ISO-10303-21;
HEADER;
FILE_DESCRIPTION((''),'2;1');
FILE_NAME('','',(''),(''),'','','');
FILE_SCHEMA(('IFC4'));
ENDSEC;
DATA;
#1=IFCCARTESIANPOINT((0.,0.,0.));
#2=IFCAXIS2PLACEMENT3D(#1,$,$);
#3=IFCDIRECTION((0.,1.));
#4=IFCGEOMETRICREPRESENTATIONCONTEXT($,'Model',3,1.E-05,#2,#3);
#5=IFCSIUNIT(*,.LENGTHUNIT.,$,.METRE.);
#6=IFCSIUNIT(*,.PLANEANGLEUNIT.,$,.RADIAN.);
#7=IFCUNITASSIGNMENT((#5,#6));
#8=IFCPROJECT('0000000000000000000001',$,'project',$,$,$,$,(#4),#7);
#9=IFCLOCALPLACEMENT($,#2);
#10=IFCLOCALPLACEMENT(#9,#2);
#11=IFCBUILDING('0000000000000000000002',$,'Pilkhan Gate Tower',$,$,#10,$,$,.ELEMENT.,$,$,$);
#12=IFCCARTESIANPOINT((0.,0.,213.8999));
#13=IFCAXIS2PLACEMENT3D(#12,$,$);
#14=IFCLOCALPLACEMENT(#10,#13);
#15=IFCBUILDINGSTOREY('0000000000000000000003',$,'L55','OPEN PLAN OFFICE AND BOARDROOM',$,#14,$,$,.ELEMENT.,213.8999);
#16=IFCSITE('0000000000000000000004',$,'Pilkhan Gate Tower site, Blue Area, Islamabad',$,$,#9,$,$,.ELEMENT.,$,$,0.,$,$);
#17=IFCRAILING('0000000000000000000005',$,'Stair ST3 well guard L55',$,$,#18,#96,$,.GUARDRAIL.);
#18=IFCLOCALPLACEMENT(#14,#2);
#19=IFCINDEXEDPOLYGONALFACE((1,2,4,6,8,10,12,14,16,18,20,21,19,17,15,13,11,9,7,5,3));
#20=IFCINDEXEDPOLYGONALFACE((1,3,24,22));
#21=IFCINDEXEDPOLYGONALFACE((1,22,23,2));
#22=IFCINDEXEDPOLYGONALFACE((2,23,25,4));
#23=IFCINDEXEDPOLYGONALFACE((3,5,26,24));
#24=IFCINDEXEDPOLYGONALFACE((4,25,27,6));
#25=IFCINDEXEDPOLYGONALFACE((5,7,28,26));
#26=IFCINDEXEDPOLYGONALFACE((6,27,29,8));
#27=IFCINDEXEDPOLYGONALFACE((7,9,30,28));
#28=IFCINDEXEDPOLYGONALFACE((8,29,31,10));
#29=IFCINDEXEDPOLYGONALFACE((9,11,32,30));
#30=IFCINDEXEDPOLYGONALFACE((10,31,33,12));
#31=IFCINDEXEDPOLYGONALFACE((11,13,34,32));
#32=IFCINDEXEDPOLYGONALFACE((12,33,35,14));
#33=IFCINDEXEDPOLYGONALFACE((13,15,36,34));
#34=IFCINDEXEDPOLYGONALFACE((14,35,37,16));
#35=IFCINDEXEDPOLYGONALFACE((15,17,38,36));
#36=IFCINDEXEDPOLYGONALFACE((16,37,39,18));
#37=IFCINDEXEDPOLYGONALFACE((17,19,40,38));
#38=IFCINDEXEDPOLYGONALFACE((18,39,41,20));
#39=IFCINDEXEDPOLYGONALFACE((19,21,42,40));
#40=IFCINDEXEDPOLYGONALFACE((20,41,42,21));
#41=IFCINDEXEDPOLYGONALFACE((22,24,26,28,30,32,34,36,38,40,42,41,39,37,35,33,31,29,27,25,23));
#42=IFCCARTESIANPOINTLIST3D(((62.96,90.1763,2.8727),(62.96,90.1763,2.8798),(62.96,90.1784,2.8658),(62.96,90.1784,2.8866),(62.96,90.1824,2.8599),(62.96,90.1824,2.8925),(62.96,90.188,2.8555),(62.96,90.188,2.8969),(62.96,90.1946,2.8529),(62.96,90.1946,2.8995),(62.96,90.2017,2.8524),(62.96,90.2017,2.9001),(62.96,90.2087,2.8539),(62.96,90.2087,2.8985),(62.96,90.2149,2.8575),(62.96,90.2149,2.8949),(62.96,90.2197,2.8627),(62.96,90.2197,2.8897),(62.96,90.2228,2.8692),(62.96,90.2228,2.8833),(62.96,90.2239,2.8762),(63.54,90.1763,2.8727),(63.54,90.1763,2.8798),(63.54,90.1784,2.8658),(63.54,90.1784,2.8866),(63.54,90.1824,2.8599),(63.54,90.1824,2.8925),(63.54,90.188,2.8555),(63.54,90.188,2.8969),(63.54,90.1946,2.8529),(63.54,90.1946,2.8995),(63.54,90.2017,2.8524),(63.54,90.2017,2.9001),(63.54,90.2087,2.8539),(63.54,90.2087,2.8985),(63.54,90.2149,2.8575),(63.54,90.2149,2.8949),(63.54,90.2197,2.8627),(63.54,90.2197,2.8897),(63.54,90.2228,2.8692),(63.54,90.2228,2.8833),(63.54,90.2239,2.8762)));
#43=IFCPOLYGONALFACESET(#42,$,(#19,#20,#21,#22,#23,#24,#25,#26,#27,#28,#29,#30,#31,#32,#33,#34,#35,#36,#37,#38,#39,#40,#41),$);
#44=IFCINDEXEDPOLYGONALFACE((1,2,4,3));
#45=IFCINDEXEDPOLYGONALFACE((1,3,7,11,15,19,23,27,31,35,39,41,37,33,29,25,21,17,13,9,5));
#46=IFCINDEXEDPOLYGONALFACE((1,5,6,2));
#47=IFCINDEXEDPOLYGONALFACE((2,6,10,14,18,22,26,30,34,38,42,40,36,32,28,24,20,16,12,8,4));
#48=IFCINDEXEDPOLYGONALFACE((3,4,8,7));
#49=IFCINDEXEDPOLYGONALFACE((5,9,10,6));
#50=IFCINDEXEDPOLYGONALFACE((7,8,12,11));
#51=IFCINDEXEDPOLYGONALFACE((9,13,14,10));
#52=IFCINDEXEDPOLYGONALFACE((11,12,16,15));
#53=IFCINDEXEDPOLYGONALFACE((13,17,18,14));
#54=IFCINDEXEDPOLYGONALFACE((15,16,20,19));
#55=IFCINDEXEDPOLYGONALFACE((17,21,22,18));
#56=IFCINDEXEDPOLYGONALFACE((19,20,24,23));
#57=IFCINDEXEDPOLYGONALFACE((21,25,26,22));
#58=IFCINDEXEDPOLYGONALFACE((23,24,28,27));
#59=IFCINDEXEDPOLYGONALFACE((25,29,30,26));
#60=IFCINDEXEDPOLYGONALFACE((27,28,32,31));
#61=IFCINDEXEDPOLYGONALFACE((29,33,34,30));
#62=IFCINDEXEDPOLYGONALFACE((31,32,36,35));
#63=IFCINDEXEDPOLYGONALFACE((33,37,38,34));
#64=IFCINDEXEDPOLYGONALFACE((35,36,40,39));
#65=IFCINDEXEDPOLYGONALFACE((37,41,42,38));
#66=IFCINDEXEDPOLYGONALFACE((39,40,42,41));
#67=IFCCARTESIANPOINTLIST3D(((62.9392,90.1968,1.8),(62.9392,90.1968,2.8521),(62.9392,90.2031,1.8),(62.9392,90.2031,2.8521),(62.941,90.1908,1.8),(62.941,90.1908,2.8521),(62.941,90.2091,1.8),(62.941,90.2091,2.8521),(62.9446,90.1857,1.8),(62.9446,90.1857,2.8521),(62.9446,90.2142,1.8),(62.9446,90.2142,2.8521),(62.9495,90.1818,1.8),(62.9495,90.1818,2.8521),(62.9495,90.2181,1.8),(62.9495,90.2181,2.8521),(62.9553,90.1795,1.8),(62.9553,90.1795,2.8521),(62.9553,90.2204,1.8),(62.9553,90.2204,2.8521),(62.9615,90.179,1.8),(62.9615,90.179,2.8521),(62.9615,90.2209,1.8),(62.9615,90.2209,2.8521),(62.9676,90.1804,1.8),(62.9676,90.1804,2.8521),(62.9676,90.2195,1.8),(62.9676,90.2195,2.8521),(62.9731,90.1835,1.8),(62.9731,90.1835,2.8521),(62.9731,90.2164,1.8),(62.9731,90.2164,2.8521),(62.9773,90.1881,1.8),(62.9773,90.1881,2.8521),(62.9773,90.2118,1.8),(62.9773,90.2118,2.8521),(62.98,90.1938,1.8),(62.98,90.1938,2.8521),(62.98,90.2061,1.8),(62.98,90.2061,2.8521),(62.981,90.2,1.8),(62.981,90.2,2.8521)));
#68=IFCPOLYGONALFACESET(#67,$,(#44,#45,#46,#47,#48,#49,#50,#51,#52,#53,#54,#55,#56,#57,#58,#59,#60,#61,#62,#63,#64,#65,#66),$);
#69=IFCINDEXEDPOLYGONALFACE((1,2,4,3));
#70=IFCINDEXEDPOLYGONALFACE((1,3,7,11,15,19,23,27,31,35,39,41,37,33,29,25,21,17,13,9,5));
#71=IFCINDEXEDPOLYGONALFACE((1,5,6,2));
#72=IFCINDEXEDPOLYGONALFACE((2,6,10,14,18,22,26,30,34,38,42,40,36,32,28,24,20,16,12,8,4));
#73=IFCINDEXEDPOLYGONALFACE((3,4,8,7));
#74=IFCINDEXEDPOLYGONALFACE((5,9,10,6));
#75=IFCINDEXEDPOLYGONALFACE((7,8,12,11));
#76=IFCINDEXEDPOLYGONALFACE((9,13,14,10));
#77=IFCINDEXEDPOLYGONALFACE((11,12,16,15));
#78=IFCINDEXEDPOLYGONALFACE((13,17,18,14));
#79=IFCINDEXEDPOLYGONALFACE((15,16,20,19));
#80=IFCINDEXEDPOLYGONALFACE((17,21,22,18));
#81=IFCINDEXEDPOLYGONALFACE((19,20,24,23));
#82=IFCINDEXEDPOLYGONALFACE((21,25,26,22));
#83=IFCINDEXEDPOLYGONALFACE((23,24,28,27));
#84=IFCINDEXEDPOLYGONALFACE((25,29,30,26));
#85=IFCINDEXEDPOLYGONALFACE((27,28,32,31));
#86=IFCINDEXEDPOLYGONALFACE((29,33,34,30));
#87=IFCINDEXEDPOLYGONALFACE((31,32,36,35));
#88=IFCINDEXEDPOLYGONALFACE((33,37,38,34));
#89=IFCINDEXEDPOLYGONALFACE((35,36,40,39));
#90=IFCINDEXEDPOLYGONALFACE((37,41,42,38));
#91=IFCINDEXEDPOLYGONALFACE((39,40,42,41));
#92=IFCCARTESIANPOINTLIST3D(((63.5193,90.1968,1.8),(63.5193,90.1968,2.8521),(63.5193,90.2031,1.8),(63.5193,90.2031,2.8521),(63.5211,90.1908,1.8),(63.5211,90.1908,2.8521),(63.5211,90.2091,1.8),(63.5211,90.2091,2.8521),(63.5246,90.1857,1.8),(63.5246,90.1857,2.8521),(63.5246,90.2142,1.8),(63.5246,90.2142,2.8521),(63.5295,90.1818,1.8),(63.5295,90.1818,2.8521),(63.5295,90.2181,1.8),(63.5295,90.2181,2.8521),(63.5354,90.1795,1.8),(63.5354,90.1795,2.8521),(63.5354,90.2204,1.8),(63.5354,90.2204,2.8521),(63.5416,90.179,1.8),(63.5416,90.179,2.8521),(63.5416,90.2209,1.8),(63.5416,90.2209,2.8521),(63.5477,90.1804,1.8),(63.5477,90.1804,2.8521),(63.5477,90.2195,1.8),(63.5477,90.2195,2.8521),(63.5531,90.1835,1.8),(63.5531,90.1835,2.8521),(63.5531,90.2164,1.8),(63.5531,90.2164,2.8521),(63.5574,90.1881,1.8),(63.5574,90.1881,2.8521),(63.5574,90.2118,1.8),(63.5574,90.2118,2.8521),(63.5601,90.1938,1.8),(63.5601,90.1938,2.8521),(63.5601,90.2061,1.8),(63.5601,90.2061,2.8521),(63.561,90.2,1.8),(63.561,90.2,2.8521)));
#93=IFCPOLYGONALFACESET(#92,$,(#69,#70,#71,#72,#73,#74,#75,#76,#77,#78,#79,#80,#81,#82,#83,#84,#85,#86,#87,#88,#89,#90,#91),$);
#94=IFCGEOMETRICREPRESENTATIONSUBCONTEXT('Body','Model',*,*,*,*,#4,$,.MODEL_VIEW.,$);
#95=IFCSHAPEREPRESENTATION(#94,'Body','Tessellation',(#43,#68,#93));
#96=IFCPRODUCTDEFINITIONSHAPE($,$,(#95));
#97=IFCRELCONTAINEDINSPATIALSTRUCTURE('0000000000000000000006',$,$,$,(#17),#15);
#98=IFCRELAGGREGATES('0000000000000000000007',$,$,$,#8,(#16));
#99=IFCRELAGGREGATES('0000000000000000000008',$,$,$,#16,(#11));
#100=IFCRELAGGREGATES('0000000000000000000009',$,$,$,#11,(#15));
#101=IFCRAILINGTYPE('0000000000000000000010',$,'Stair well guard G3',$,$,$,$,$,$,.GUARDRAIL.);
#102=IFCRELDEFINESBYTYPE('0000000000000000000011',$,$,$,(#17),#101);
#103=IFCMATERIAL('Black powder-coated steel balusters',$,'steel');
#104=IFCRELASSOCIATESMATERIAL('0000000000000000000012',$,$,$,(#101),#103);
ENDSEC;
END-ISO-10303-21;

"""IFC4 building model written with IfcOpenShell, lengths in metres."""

from ifc_helpers import new_model, si_unit, direction, frame, origin, origin_2d, place, context, subcontext, project, spatial, circle, extrude, material, type_object, element, save


model = new_model("IFC4")

# Units and contexts
model_context = context("Model", 3, precision=1e-05, world=origin(), true_north=direction((0.0, 1.0)))
body_context = subcontext(model_context, "Body", "Model", "MODEL_VIEW")
ifc_project = project(units=[si_unit("LENGTHUNIT", "METRE"), si_unit("PLANEANGLEUNIT", "RADIAN")], contexts=[model_context])

# Site, building, storey
site_placement = place(None, origin())
site = spatial("IfcSite", under=ifc_project, at=site_placement, Name="Pilkhan Gate Tower site, Blue Area, Islamabad", CompositionType="ELEMENT", RefElevation=0.0)
building_placement = place(site_placement, origin())
building = spatial("IfcBuilding", under=site, at=building_placement, Name="Pilkhan Gate Tower", CompositionType="ELEMENT")
storey_placement = place(building_placement, frame((0.0, 0.0, 213.8999)))
storey = spatial("IfcBuildingStorey", under=building, at=storey_placement, Name="L55", Description="OPEN PLAN OFFICE AND BOARDROOM", CompositionType="ELEMENT", Elevation=213.8999)

# Railing
ifc_material_1 = material(Name="Black powder-coated steel balusters", Category="steel")
railing_type_1 = type_object("IfcRailingType", Name="Stair well guard G3", PredefinedType="GUARDRAIL", material=ifc_material_1)
for number, where, name in (
    (1, (62.96, 90.2, 1.8), "Stair ST3 well guard L55"),
):
    element("IfcRailing", number, at=place(storey_placement, frame(where)), inside=storey, type_object=railing_type_1, Name=name, PredefinedType="GUARDRAIL", context=body_context, shape_type="SweptSolid", body=[
        extrude(circle(Radius=0.0239, at=origin_2d()), frame((0.0, 0.0, 1.0762), z_axis=(1.0, 0.0, 0.0), x_axis=(0.0, 1.0, 0.0)), (0.0, 0.0, 1.0), 0.5801),
        extrude(circle(Radius=0.021, at=origin_2d()), origin(), (0.0, 0.0, 1.0), 1.052),
        extrude(circle(Radius=0.021, at=origin_2d()), frame((0.5801, 0.0, 0.0)), (0.0, 0.0, 1.0), 1.052),
    ])

save(model, "model.ifc")
